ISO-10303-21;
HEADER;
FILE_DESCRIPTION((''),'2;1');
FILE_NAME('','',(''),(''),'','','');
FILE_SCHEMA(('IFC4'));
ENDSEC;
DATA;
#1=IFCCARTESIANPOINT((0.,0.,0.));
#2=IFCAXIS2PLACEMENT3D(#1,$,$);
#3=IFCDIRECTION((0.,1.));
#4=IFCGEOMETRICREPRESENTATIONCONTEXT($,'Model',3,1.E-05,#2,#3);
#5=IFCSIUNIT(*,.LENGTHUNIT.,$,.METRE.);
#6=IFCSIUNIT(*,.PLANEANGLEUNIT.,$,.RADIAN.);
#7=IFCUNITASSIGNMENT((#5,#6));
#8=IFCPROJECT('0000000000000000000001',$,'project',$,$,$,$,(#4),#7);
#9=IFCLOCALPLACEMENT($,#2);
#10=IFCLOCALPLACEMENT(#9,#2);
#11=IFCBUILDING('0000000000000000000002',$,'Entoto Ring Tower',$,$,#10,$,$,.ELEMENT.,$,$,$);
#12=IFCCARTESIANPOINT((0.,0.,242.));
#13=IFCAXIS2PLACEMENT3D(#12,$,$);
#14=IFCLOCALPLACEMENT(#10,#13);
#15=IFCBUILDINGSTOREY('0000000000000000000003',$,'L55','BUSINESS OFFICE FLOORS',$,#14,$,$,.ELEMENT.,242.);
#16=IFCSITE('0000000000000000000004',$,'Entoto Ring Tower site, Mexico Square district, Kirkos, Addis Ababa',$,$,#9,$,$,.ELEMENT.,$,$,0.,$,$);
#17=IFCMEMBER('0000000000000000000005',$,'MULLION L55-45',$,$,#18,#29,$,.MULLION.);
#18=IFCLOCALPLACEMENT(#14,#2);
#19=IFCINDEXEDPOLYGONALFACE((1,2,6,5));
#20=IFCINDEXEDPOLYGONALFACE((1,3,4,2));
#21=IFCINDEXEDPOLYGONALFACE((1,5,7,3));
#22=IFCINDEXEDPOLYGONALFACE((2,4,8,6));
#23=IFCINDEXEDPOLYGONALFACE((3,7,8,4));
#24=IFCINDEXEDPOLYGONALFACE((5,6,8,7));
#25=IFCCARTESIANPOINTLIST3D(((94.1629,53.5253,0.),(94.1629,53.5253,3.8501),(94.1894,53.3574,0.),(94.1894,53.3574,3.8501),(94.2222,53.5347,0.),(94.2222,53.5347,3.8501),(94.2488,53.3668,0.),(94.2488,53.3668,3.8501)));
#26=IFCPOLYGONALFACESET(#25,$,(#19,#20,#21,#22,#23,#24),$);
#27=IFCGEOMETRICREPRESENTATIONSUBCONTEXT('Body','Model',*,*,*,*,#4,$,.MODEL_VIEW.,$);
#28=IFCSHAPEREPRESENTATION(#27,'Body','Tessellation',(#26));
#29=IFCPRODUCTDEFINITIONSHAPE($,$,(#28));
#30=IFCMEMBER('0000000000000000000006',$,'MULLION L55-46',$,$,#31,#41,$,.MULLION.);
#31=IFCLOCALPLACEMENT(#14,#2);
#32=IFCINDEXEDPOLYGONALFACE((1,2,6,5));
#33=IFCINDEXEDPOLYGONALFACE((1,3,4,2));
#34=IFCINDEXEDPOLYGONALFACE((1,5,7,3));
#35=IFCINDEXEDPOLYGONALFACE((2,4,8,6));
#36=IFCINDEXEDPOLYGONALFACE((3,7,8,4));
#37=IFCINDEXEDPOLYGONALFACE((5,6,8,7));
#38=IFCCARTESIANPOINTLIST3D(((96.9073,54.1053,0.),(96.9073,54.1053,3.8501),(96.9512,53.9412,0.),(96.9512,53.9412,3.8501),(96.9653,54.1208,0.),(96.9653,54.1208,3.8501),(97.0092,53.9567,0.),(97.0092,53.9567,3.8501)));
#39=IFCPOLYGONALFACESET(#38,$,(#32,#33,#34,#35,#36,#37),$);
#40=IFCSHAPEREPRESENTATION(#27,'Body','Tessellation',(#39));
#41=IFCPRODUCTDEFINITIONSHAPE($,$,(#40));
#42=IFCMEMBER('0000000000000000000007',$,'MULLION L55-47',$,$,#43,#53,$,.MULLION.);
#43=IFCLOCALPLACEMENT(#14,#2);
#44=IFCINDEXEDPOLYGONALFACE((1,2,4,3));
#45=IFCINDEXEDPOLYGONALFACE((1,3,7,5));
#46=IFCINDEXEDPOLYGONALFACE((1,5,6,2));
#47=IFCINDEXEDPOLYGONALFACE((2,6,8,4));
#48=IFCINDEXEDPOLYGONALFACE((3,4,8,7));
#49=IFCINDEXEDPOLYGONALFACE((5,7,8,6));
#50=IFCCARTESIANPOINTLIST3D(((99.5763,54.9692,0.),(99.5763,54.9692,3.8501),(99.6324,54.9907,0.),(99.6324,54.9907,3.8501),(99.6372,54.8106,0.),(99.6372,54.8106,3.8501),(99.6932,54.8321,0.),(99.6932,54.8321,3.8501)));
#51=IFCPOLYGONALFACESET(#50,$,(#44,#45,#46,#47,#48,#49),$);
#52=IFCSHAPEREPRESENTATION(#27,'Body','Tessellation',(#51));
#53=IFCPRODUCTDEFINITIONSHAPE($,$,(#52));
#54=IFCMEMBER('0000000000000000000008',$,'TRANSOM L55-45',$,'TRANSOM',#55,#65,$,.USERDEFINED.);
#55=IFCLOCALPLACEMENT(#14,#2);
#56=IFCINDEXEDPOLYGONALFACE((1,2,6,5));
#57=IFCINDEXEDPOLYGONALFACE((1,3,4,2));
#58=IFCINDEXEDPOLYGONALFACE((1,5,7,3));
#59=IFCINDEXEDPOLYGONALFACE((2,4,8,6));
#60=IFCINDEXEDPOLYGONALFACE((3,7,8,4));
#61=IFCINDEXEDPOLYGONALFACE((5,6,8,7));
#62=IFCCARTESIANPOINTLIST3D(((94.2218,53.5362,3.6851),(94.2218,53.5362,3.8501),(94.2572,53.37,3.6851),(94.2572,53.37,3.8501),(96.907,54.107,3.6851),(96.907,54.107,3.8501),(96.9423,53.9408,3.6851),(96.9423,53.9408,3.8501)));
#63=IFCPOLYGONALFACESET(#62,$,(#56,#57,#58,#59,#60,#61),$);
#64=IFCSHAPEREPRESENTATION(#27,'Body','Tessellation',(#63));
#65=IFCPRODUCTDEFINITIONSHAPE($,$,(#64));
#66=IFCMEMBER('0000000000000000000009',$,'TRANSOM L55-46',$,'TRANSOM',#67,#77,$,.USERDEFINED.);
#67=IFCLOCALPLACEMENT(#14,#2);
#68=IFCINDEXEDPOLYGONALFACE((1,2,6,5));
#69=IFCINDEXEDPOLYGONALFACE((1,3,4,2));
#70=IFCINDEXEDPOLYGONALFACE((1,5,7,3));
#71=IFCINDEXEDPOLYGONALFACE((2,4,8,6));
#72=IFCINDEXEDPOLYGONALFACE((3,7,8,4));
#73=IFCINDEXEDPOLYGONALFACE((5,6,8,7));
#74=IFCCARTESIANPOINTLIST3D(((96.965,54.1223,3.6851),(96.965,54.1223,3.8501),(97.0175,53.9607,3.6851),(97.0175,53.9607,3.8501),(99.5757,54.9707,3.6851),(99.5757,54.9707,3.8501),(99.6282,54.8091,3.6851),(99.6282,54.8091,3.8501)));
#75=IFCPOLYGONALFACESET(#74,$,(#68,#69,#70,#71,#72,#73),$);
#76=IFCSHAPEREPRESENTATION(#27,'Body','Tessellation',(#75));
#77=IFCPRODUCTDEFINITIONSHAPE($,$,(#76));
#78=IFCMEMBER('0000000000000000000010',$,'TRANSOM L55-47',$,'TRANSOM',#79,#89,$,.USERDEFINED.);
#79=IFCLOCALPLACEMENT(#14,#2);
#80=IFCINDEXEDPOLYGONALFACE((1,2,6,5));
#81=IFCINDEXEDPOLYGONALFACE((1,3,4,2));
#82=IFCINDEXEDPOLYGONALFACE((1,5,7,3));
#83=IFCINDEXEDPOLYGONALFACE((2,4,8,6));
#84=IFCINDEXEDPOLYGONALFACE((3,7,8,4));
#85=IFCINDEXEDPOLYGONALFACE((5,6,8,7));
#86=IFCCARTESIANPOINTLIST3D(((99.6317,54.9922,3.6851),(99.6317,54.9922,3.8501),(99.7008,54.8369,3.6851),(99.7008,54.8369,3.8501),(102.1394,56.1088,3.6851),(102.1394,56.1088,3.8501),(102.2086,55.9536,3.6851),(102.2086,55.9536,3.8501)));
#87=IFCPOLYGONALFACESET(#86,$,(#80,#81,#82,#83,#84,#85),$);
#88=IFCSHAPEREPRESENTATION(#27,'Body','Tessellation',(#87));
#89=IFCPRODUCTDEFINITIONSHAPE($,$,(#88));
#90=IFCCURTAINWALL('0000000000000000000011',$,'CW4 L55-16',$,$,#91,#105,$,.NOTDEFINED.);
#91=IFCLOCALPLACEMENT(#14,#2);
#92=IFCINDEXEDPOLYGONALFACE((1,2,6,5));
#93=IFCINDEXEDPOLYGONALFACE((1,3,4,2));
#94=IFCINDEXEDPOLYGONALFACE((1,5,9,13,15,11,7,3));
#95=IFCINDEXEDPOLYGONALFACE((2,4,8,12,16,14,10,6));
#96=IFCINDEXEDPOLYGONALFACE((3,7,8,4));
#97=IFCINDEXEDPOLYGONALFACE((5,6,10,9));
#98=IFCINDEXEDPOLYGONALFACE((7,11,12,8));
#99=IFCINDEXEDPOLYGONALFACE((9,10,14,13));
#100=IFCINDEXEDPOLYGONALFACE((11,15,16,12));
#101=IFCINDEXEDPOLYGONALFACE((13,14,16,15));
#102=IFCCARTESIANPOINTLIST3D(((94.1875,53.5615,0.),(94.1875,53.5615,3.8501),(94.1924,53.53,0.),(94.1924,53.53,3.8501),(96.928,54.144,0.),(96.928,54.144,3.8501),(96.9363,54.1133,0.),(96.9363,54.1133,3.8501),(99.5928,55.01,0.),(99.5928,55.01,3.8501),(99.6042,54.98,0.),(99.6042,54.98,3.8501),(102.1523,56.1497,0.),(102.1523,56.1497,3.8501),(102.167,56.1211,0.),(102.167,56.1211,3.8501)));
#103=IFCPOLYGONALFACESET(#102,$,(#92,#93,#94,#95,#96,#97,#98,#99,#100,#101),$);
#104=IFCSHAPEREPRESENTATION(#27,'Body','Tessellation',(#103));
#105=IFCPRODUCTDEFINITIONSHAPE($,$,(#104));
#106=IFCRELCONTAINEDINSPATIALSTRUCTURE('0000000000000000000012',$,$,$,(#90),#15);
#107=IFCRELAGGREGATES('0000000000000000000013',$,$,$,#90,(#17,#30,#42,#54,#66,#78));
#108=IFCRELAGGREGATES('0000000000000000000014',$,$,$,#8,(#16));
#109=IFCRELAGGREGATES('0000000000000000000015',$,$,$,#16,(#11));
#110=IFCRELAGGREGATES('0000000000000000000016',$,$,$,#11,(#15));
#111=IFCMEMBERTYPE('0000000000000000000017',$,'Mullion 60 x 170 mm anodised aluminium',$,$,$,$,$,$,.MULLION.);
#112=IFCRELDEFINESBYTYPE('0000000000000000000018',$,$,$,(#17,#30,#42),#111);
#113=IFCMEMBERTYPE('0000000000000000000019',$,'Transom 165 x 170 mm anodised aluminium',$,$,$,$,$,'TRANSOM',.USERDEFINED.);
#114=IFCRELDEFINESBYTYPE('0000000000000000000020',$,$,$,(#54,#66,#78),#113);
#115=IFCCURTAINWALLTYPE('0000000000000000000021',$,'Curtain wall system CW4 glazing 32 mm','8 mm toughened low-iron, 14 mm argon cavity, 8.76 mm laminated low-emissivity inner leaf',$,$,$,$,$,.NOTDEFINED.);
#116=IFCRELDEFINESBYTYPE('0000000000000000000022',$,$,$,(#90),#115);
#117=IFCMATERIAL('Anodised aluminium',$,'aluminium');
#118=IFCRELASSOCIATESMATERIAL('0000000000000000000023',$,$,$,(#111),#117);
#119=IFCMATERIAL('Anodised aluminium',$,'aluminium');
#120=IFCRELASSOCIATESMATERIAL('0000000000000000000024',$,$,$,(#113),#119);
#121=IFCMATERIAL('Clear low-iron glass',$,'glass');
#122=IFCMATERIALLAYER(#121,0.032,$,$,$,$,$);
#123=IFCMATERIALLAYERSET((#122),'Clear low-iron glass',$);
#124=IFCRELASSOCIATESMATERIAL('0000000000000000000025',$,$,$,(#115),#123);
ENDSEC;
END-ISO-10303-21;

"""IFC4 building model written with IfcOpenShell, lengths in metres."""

from ifc_helpers import new_model, si_unit, direction, frame, origin, origin_2d, place, context, subcontext, project, spatial, polyline, rectangle, outline, extrude, material, layer, layer_set, material_profile, profile_set, type_object, element, aggregate, save


model = new_model("IFC4")

# Units and contexts
model_context = context("Model", 3, precision=1e-05, world=origin(), true_north=direction((0.0, 1.0)))
body_context = subcontext(model_context, "Body", "Model", "MODEL_VIEW")
ifc_project = project(units=[si_unit("LENGTHUNIT", "METRE"), si_unit("PLANEANGLEUNIT", "RADIAN")], contexts=[model_context])

# Members
ifc_material_1 = material(Name="Anodised aluminium", Category="aluminium")
ifc_material_profile_1 = material_profile(ifc_material_1, rectangle(XDim=0.0601, YDim=0.1699, at=origin_2d()), Name="Mullion 60 x 170 mm anodised aluminium")
ifc_profile_set_1 = profile_set([ifc_material_profile_1], Name="Anodised aluminium")
member_type_1 = type_object("IfcMemberType", Name="Mullion 60 x 170 mm anodised aluminium", PredefinedType="MULLION", material=ifc_profile_set_1)
site_placement = place(None, origin())
building_placement = place(site_placement, origin())
storey_placement = place(building_placement, frame((0.0, 0.0, 242.0)))
member_1_placement = place(storey_placement, frame((94.2058, 53.446, 0.0), z_axis=(0.0, 0.0, 1.0), x_axis=(0.987688, 0.156434, 0.0)))
member_1 = element("IfcMember", 1, at=member_1_placement, type_object=member_type_1, Name="MULLION L55-45", PredefinedType="MULLION", context=body_context, shape_type="SweptSolid", body=[
    extrude(rectangle(XDim=0.0601, YDim=0.1699, at=origin_2d()), origin(), (0.0, 0.0, 1.0), 3.8501),
])
member_2_placement = place(storey_placement, frame((96.9583, 54.031, 0.0), z_axis=(0.0, 0.0, 1.0), x_axis=(0.965926, 0.258819, 0.0)))
member_2 = element("IfcMember", 2, at=member_2_placement, type_object=member_type_1, Name="MULLION L55-46", PredefinedType="MULLION", context=body_context, shape_type="SweptSolid", body=[
    extrude(rectangle(XDim=0.0601, YDim=0.1699, at=origin_2d()), origin(), (0.0, 0.0, 1.0), 3.8501),
])
member_3_placement = place(storey_placement, frame((99.6348, 54.9006, 0.0), z_axis=(0.0, 0.0, 1.0), x_axis=(0.93358, 0.358368, 0.0)))
member_3 = element("IfcMember", 3, at=member_3_placement, type_object=member_type_1, Name="MULLION L55-47", PredefinedType="MULLION", context=body_context, shape_type="SweptSolid", body=[
    extrude(rectangle(XDim=0.0601, YDim=0.1699, at=origin_2d()), origin(), (0.0, 0.0, 1.0), 3.8501),
])
ifc_material_2 = material(Name="Anodised aluminium", Category="aluminium")
ifc_material_profile_2 = material_profile(ifc_material_2, rectangle(XDim=0.1699, YDim=0.165, at=origin_2d()), Name="Transom 165 x 170 mm anodised aluminium")
ifc_profile_set_2 = profile_set([ifc_material_profile_2], Name="Anodised aluminium")
member_type_2 = type_object("IfcMemberType", Name="Transom 165 x 170 mm anodised aluminium", ElementType="TRANSOM", PredefinedType="USERDEFINED", material=ifc_profile_set_2)
member_4_placement = place(storey_placement, frame((94.2395, 53.4531, 3.7676), z_axis=(0.978142, 0.207937, 0.0), x_axis=(-0.207937, 0.978142, 0.0)))
member_4 = element("IfcMember", 4, at=member_4_placement, type_object=member_type_2, Name="TRANSOM L55-45", ObjectType="TRANSOM", PredefinedType="USERDEFINED", context=body_context, shape_type="SweptSolid", body=[
    extrude(rectangle(XDim=0.1699, YDim=0.165, at=origin_2d()), origin(), (0.0, 0.0, 1.0), 2.7451),
])
member_5_placement = place(storey_placement, frame((96.9912, 54.0415, 3.7676), z_axis=(0.951048, 0.309042, 0.0), x_axis=(-0.309042, 0.951048, 0.0)))
member_5 = element("IfcMember", 5, at=member_5_placement, type_object=member_type_2, Name="TRANSOM L55-46", ObjectType="TRANSOM", PredefinedType="USERDEFINED", context=body_context, shape_type="SweptSolid", body=[
    extrude(rectangle(XDim=0.1699, YDim=0.165, at=origin_2d()), origin(), (0.0, 0.0, 1.0), 2.7451),
])
member_6_placement = place(storey_placement, frame((99.6663, 54.9146, 3.7676), z_axis=(0.913525, 0.406782, 0.0), x_axis=(-0.406782, 0.913525, 0.0)))
member_6 = element("IfcMember", 6, at=member_6_placement, type_object=member_type_2, Name="TRANSOM L55-47", ObjectType="TRANSOM", PredefinedType="USERDEFINED", context=body_context, shape_type="SweptSolid", body=[
    extrude(rectangle(XDim=0.1699, YDim=0.165, at=origin_2d()), origin(), (0.0, 0.0, 1.0), 2.7451),
])

# Site, building, storey
site = spatial("IfcSite", under=ifc_project, at=site_placement, Name="Entoto Ring Tower site, Mexico Square district, Kirkos, Addis Ababa", CompositionType="ELEMENT", RefElevation=0.0)
building = spatial("IfcBuilding", under=site, at=building_placement, Name="Entoto Ring Tower", CompositionType="ELEMENT")
storey = spatial("IfcBuildingStorey", under=building, at=storey_placement, Name="L55", Description="BUSINESS OFFICE FLOORS", CompositionType="ELEMENT", Elevation=242.0)

# Curtain wall
ifc_material_3 = material(Name="Clear low-iron glass", Category="glass")
ifc_layer_1 = layer(ifc_material_3, 0.032)
ifc_layer_set_1 = layer_set([ifc_layer_1], Name="Clear low-iron glass")
curtain_wall_type = type_object("IfcCurtainWallType", Name="Curtain wall system CW4 glazing 32 mm", Description="8 mm toughened low-iron, 14 mm argon cavity, 8.76 mm laminated low-emissivity inner leaf", PredefinedType="NOTDEFINED", material=ifc_layer_set_1)
curtain_wall_1_placement = place(storey_placement, origin())
curtain_wall_1 = element("IfcCurtainWall", 7, at=curtain_wall_1_placement, inside=storey, type_object=curtain_wall_type, Name="CW4 L55-16", PredefinedType="NOTDEFINED", context=body_context, shape_type="SweptSolid", body=[
    extrude(outline(polyline([(94.1924, 53.53), (96.9363, 54.1133), (99.6042, 54.98), (102.167, 56.1211), (102.1523, 56.1497), (99.5928, 55.01), (96.928, 54.144), (94.1875, 53.5615), (94.1924, 53.53)])), origin(), (0.0, 0.0, 1.0), 3.8501),
])
aggregate(curtain_wall_1, [member_1, member_2, member_3, member_4, member_5, member_6])

save(model, "model.ifc")
